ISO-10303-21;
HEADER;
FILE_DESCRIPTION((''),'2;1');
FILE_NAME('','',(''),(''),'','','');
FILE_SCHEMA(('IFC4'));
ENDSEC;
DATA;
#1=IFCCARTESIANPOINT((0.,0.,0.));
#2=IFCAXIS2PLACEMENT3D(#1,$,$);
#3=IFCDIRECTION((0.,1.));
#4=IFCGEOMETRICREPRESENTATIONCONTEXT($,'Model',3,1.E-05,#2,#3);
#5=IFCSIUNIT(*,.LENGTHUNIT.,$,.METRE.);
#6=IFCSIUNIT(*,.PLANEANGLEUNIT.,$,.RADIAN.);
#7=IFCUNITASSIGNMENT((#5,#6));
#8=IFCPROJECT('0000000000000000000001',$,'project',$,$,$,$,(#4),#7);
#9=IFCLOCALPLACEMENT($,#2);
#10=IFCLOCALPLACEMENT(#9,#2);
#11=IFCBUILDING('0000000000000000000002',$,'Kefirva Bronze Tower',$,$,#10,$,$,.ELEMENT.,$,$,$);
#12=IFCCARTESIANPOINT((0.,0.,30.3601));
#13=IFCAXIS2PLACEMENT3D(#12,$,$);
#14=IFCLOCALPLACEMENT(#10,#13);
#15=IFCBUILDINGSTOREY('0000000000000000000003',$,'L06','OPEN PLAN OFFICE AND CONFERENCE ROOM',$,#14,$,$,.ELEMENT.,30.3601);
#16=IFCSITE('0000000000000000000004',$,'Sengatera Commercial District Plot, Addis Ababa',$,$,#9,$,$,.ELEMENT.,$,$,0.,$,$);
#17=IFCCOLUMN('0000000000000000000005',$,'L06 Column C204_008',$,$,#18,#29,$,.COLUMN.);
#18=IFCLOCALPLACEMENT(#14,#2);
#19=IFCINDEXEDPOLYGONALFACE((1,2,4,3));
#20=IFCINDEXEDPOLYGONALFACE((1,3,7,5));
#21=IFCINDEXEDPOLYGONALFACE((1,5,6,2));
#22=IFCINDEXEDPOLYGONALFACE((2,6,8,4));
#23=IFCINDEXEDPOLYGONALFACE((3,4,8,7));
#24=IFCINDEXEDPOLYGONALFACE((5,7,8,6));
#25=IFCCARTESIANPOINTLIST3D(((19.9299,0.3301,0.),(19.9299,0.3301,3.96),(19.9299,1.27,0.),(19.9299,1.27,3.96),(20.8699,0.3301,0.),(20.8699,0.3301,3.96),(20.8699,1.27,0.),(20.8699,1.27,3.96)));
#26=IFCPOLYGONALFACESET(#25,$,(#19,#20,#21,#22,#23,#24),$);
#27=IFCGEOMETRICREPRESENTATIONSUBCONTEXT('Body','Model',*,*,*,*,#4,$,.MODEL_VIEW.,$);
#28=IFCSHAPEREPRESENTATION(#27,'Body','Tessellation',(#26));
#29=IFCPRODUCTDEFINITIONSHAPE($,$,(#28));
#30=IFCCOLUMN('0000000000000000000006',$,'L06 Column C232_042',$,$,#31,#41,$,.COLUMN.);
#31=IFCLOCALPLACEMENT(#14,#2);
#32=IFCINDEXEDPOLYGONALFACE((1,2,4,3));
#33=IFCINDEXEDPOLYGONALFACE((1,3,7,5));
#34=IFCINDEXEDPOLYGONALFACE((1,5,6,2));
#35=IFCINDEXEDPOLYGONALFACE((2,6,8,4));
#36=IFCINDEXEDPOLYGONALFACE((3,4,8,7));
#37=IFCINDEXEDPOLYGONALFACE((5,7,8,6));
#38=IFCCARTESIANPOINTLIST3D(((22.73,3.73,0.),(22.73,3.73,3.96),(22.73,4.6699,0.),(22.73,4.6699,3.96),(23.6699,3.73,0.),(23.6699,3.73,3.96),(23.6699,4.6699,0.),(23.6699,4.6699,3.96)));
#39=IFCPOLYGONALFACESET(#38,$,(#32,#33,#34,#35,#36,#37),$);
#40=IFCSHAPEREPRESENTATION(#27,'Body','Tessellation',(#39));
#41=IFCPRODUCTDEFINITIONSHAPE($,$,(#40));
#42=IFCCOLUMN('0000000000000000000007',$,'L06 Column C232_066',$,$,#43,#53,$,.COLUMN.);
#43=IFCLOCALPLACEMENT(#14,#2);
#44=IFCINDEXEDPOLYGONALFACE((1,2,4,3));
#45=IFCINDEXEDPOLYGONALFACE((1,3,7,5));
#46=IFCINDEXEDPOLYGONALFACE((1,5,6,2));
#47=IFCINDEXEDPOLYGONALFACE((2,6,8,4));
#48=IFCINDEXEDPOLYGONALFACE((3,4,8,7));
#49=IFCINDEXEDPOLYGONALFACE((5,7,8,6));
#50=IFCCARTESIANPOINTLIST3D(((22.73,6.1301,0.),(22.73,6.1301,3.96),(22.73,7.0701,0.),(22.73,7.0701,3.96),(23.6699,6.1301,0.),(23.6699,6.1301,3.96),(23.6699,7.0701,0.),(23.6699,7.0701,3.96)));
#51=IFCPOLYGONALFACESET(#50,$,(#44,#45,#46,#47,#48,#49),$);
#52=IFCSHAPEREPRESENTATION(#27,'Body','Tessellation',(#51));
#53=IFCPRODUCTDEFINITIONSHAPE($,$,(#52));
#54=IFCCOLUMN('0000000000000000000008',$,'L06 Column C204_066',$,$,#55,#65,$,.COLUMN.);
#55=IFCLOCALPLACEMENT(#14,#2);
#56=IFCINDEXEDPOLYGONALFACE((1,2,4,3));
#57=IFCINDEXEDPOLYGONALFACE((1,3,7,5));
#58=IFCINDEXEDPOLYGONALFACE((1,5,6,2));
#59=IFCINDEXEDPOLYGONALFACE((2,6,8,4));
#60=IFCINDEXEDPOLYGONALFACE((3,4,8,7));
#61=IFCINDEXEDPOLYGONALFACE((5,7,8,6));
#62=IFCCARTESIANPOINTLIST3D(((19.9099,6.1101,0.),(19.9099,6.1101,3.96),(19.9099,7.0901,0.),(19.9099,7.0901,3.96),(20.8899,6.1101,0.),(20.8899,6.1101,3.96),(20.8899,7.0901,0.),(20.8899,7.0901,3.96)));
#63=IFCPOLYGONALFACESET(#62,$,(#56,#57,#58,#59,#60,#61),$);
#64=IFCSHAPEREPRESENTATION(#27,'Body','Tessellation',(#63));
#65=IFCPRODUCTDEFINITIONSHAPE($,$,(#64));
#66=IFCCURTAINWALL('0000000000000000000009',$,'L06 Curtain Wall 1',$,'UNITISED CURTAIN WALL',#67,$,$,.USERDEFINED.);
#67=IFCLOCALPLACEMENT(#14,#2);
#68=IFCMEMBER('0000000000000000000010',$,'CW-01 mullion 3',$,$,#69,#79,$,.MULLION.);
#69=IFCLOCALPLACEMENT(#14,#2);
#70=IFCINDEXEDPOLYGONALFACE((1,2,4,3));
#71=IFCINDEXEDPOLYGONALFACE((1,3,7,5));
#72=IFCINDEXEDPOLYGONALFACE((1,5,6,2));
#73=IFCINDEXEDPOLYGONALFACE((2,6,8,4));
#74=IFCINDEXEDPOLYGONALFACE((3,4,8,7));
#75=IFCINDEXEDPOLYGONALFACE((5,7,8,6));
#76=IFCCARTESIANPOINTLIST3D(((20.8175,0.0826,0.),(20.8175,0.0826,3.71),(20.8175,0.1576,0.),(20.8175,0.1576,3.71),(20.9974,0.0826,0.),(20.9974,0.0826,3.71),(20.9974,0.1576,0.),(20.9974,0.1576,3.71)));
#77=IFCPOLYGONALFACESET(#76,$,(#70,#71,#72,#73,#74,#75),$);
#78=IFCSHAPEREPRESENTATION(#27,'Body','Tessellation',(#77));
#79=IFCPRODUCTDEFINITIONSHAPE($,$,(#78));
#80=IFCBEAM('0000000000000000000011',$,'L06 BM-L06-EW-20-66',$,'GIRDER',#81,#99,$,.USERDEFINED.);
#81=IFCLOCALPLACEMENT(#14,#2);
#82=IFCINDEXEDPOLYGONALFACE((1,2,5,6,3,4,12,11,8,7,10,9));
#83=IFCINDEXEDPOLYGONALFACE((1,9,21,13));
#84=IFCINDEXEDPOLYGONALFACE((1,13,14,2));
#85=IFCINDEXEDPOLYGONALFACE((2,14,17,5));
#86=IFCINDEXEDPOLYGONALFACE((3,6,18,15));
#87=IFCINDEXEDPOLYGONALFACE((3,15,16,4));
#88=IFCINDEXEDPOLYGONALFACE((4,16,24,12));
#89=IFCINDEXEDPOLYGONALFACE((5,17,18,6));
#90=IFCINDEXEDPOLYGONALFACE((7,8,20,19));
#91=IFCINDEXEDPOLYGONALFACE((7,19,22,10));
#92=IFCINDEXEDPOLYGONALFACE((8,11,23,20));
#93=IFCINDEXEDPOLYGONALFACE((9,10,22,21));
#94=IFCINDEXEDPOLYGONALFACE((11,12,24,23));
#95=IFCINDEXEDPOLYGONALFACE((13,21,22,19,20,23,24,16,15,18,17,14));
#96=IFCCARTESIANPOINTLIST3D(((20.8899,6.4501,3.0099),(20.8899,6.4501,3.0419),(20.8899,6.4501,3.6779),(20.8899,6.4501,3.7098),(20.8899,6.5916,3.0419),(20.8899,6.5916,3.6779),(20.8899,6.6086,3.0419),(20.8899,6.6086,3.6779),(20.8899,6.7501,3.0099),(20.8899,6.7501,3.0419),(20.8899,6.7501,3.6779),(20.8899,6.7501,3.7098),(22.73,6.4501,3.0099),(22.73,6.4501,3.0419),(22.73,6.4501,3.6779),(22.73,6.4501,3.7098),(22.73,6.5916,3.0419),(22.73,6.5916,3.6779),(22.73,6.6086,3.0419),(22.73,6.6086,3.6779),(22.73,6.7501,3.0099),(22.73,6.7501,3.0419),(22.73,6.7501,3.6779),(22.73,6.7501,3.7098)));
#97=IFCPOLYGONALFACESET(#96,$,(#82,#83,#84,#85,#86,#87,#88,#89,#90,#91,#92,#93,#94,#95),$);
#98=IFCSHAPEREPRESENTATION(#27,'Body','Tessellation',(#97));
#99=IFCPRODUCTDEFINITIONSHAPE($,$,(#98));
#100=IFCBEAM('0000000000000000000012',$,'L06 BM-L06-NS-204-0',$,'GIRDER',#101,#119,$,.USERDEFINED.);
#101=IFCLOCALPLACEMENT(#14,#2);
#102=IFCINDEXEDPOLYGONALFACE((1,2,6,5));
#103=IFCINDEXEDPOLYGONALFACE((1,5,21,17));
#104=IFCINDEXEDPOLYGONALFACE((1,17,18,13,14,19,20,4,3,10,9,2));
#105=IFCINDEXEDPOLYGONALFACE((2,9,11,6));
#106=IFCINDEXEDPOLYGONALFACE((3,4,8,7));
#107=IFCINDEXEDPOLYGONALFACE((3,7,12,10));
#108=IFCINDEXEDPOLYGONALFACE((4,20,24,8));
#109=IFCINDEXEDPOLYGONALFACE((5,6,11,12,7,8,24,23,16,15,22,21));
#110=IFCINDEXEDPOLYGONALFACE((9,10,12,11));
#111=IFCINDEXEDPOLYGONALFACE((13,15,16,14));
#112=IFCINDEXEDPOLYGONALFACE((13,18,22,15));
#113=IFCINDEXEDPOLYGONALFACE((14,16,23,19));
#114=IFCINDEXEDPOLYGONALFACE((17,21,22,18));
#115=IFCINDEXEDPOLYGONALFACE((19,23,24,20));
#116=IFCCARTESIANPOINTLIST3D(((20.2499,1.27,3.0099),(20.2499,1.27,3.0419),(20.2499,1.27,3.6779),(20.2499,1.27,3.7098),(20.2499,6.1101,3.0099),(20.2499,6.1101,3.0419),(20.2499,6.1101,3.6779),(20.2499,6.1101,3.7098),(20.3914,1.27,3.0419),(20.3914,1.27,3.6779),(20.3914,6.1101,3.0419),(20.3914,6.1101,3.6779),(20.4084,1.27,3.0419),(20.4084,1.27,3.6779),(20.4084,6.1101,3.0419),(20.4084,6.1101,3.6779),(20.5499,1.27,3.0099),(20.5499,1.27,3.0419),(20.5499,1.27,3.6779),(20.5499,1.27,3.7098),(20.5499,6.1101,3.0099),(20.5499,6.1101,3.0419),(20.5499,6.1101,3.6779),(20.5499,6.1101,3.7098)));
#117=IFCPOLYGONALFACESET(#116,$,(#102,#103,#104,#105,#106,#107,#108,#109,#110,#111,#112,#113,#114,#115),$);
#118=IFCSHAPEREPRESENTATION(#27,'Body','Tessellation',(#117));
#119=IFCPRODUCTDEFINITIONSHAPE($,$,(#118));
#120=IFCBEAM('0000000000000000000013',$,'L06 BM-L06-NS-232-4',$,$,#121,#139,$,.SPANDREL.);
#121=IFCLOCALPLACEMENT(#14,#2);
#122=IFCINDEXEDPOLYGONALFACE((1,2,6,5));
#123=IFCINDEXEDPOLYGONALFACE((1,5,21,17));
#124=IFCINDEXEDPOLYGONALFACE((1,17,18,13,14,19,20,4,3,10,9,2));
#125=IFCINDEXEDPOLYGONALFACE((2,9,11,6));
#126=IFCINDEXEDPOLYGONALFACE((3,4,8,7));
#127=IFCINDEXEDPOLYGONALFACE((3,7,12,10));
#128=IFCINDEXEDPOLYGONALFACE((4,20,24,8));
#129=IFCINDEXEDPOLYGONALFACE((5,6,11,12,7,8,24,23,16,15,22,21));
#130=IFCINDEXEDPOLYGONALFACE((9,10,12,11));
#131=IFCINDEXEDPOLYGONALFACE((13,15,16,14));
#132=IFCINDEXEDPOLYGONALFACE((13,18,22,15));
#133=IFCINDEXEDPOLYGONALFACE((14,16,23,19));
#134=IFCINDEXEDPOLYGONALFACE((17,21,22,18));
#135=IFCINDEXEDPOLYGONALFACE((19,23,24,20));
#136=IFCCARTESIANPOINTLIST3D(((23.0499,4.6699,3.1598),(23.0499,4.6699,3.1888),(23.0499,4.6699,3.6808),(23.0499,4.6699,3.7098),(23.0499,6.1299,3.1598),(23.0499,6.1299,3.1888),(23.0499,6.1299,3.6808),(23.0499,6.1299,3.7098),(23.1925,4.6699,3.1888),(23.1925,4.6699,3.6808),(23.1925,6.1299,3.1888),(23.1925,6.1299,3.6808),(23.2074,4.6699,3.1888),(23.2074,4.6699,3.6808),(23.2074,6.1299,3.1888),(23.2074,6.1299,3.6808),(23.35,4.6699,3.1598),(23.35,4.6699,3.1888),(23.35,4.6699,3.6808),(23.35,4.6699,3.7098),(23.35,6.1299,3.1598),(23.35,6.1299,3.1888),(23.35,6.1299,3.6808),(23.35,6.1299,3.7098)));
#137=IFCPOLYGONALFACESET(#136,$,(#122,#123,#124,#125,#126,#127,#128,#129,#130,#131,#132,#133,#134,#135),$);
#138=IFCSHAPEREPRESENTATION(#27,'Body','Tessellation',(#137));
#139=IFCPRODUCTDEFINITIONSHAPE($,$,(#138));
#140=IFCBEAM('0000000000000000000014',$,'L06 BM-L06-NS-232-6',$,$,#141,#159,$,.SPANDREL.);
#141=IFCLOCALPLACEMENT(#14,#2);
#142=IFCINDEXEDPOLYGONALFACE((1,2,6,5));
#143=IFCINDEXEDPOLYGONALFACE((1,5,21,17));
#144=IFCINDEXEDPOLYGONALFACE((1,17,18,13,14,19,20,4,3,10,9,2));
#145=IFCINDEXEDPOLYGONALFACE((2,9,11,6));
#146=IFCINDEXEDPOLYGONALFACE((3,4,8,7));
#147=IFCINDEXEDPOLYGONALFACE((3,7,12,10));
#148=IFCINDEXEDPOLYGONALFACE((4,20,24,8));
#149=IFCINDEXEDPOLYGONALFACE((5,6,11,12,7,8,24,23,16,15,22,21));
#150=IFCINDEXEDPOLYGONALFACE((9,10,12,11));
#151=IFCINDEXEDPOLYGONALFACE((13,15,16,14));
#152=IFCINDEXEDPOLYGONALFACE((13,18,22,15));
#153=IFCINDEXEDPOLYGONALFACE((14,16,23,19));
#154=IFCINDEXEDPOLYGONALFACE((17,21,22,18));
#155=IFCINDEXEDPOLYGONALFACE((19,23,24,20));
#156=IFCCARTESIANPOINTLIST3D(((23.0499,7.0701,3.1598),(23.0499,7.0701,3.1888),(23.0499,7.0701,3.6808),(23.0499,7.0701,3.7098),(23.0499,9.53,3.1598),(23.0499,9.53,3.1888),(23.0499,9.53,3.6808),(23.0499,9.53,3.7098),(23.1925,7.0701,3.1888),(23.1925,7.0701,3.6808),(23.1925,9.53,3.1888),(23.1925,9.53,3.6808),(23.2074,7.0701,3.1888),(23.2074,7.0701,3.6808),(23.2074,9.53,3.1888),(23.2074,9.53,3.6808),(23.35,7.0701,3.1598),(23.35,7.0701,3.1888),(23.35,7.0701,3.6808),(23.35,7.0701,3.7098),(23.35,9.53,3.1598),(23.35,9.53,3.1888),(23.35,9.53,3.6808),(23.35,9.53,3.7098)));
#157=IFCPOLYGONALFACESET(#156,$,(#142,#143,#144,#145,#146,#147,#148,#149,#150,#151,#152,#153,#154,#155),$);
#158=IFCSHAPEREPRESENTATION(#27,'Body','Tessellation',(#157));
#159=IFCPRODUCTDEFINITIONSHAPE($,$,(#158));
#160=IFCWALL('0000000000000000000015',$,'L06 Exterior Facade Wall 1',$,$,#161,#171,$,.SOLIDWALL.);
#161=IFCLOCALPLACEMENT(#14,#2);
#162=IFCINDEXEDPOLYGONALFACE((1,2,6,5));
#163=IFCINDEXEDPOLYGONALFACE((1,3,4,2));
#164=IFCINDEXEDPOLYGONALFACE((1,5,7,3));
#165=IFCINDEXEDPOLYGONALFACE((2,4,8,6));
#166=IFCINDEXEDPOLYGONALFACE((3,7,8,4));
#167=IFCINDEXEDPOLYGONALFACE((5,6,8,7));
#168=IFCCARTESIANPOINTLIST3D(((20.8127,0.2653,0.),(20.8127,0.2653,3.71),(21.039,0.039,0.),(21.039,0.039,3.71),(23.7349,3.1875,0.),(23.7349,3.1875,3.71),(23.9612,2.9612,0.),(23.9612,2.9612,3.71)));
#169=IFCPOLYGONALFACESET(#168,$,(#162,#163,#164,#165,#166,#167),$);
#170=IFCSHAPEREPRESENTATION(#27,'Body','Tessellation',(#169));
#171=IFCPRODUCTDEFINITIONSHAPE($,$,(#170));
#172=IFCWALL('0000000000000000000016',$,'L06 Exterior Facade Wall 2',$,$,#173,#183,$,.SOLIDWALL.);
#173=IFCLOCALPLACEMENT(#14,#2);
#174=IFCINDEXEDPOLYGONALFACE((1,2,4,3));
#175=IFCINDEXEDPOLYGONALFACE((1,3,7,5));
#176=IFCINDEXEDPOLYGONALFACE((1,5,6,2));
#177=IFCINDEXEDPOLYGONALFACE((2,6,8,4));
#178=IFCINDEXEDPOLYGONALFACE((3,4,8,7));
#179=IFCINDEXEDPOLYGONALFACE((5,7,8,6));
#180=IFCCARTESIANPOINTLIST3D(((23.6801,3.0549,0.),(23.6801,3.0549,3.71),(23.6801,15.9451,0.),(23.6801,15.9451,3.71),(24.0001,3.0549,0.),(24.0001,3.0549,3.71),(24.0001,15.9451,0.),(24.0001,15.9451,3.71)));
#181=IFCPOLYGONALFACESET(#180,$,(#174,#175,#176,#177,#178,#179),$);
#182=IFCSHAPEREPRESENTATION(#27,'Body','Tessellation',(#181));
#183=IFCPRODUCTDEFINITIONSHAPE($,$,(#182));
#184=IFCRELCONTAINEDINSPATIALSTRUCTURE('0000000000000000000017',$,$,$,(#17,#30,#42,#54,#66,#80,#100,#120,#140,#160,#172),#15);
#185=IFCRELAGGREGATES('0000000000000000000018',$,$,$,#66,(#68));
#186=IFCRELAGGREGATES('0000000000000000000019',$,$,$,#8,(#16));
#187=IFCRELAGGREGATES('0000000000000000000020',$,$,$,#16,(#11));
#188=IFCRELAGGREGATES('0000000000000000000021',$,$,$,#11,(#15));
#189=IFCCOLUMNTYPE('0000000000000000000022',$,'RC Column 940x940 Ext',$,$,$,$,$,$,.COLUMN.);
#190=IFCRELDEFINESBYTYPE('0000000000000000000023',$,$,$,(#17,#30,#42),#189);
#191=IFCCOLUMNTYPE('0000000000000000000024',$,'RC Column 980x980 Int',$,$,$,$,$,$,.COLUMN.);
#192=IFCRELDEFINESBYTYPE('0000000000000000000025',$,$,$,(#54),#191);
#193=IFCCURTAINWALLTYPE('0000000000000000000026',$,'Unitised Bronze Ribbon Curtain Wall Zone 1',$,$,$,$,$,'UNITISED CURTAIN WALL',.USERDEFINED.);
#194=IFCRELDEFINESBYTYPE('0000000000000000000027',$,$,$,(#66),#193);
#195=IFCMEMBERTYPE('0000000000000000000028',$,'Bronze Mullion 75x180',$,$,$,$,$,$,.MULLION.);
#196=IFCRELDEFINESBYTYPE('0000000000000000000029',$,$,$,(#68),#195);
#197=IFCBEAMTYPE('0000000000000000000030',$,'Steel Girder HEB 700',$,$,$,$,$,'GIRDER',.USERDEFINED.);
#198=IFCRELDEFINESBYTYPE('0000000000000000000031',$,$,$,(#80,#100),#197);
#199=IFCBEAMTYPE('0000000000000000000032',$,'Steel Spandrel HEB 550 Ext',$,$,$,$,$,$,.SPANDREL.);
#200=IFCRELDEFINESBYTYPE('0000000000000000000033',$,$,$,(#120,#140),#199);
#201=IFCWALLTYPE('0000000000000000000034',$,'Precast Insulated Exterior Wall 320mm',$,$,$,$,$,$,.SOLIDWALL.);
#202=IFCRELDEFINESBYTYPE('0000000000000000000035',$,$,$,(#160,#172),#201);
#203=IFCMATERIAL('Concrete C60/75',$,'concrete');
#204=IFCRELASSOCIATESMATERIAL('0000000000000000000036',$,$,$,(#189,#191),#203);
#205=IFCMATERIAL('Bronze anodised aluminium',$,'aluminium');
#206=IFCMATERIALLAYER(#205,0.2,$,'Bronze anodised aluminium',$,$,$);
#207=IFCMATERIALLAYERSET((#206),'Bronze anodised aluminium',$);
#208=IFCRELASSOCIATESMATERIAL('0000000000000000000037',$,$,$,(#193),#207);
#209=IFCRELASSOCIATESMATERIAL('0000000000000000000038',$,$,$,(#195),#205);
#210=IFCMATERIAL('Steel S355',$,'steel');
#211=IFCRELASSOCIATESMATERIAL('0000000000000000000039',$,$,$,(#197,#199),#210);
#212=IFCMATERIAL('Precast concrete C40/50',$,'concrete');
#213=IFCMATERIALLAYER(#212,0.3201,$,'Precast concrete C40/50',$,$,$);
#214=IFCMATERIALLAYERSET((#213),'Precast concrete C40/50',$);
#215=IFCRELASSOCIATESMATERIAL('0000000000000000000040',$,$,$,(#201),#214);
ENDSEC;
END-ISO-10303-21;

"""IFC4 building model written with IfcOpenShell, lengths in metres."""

from ifc_helpers import new_model, si_unit, direction, frame, frame_2d, origin, origin_2d, place, context, subcontext, project, spatial, rectangle, i_section, extrude, material, layer, layer_set, material_profile, profile_set, type_object, element, aggregate, save


model = new_model("IFC4")

# Units and contexts
model_context = context("Model", 3, precision=1e-05, world=origin(), true_north=direction((0.0, 1.0)))
body_context = subcontext(model_context, "Body", "Model", "MODEL_VIEW")
ifc_project = project(units=[si_unit("LENGTHUNIT", "METRE"), si_unit("PLANEANGLEUNIT", "RADIAN")], contexts=[model_context])

# Site, building, storey
site_placement = place(None, origin())
site = spatial("IfcSite", under=ifc_project, at=site_placement, Name="Sengatera Commercial District Plot, Addis Ababa", CompositionType="ELEMENT", RefElevation=0.0)
building_placement = place(site_placement, origin())
building = spatial("IfcBuilding", under=site, at=building_placement, Name="Kefirva Bronze Tower", CompositionType="ELEMENT")
storey_placement = place(building_placement, frame((0.0, 0.0, 30.3601)))
storey = spatial("IfcBuildingStorey", under=building, at=storey_placement, Name="L06", Description="OPEN PLAN OFFICE AND CONFERENCE ROOM", CompositionType="ELEMENT", Elevation=30.3601)

# Columns
ifc_material_1 = material(Name="Concrete C60/75", Category="concrete")
ifc_material_profile_1 = material_profile(ifc_material_1, rectangle(XDim=0.9399, YDim=0.9399, at=origin_2d()), Name="RC 940x940")
ifc_profile_set_1 = profile_set([ifc_material_profile_1], Name="Concrete C60/75")
column_type_1 = type_object("IfcColumnType", Name="RC Column 940x940 Ext", PredefinedType="COLUMN", material=ifc_profile_set_1)
for number, where, z_axis, x_axis, name in (
    (1, (20.3999, 0.8, 0.0), (0.0, 0.0, 1.0), (1.0, 0.0, 0.0), "L06 Column C204_008"),
    (2, (23.2, 4.2, 0.0), (0.0, 0.0, 1.0), (1.0, 0.0, 0.0), "L06 Column C232_042"),
    (3, (23.2, 6.6001, 0.0), (0.0, 0.0, 1.0), (1.0, 0.0, 0.0), "L06 Column C232_066"),
):
    element("IfcColumn", number, at=place(storey_placement, frame(where, z_axis=z_axis, x_axis=x_axis)), inside=storey, type_object=column_type_1, Name=name, PredefinedType="COLUMN", context=body_context, shape_type="SweptSolid", body=[
        extrude(rectangle(XDim=0.9399, YDim=0.9399, at=origin_2d()), origin(), (0.0, 0.0, 1.0), 3.96),
    ])
ifc_material_profile_2 = material_profile(ifc_material_1, rectangle(XDim=0.98, YDim=0.98, at=origin_2d()), Name="RC 980x980")
ifc_profile_set_2 = profile_set([ifc_material_profile_2], Name="Concrete C60/75")
column_type_2 = type_object("IfcColumnType", Name="RC Column 980x980 Int", PredefinedType="COLUMN", material=ifc_profile_set_2)
column_placement = place(storey_placement, frame((20.3999, 6.6001, 0.0), z_axis=(0.0, 0.0, 1.0), x_axis=(1.0, 0.0, 0.0)))
element("IfcColumn", 4, at=column_placement, inside=storey, type_object=column_type_2, Name="L06 Column C204_066", PredefinedType="COLUMN", context=body_context, shape_type="SweptSolid", body=[
    extrude(rectangle(XDim=0.98, YDim=0.98, at=origin_2d()), origin(), (0.0, 0.0, 1.0), 3.96),
])

# Curtain wall, member
ifc_material_2 = material(Name="Bronze anodised aluminium", Category="aluminium")
ifc_layer_1 = layer(ifc_material_2, 0.2, Name="Bronze anodised aluminium")
ifc_layer_set_1 = layer_set([ifc_layer_1], Name="Bronze anodised aluminium")
curtain_wall_type = type_object("IfcCurtainWallType", Name="Unitised Bronze Ribbon Curtain Wall Zone 1", ElementType="UNITISED CURTAIN WALL", PredefinedType="USERDEFINED", material=ifc_layer_set_1)
curtain_wall_placement = place(storey_placement, origin())
curtain_wall = element("IfcCurtainWall", 5, at=curtain_wall_placement, inside=storey, type_object=curtain_wall_type, Name="L06 Curtain Wall 1", ObjectType="UNITISED CURTAIN WALL", PredefinedType="USERDEFINED")
ifc_material_profile_3 = material_profile(ifc_material_2, rectangle(XDim=0.075, YDim=0.1799, at=origin_2d()), Name="ALU 75x180")
ifc_profile_set_3 = profile_set([ifc_material_profile_3], Name="Bronze anodised aluminium")
member_type = type_object("IfcMemberType", Name="Bronze Mullion 75x180", PredefinedType="MULLION", material=ifc_profile_set_3)
member_placement = place(storey_placement, frame((20.9075, 0.1201, 0.0), z_axis=(0.0, 0.0, 1.0), x_axis=(0.0, 1.0, 0.0)))
member = element("IfcMember", 6, at=member_placement, type_object=member_type, Name="CW-01 mullion 3", PredefinedType="MULLION", context=body_context, shape_type="SweptSolid", body=[
    extrude(rectangle(XDim=0.075, YDim=0.1799, at=origin_2d()), origin(), (0.0, 0.0, 1.0), 3.71),
])
aggregate(curtain_wall, [member])

# Beams
ifc_material_3 = material(Name="Steel S355", Category="steel")
ifc_material_profile_4 = material_profile(ifc_material_3, i_section(OverallWidth=0.3, OverallDepth=0.7, WebThickness=0.0171, FlangeThickness=0.032, at=origin_2d()), Name="HEB 700")
ifc_profile_set_4 = profile_set([ifc_material_profile_4], Name="Steel S355")
beam_type_1 = type_object("IfcBeamType", Name="Steel Girder HEB 700", ElementType="GIRDER", PredefinedType="USERDEFINED", material=ifc_profile_set_4)
beam_1_placement = place(storey_placement, frame((20.8899, 6.6001, 3.3599), z_axis=(1.0, 0.0, 0.0), x_axis=(0.0, 1.0, 0.0)))
element("IfcBeam", 7, at=beam_1_placement, inside=storey, type_object=beam_type_1, Name="L06 BM-L06-EW-20-66", ObjectType="GIRDER", PredefinedType="USERDEFINED", context=body_context, shape_type="SweptSolid", body=[
    extrude(i_section(OverallWidth=0.3, OverallDepth=0.7, WebThickness=0.0171, FlangeThickness=0.032, at=origin_2d()), origin(), (0.0, 0.0, 1.0), 1.8401),
])
beam_2_placement = place(storey_placement, frame((20.3999, 1.27, 3.3599), z_axis=(0.0, 1.0, 0.0), x_axis=(-1.0, 0.0, 0.0)))
element("IfcBeam", 8, at=beam_2_placement, inside=storey, type_object=beam_type_1, Name="L06 BM-L06-NS-204-0", ObjectType="GIRDER", PredefinedType="USERDEFINED", context=body_context, shape_type="SweptSolid", body=[
    extrude(i_section(OverallWidth=0.3, OverallDepth=0.7, WebThickness=0.0171, FlangeThickness=0.032, at=origin_2d()), origin(), (0.0, 0.0, 1.0), 4.8401),
])
ifc_material_profile_5 = material_profile(ifc_material_3, i_section(OverallWidth=0.3, OverallDepth=0.55, WebThickness=0.0149, FlangeThickness=0.0291, at=origin_2d()), Name="HEB 550")
ifc_profile_set_5 = profile_set([ifc_material_profile_5], Name="Steel S355")
beam_type_2 = type_object("IfcBeamType", Name="Steel Spandrel HEB 550 Ext", PredefinedType="SPANDREL", material=ifc_profile_set_5)
beam_3_placement = place(storey_placement, frame((23.2, 4.6699, 3.4348), z_axis=(0.0, 1.0, 0.0), x_axis=(-1.0, 0.0, 0.0)))
element("IfcBeam", 9, at=beam_3_placement, inside=storey, type_object=beam_type_2, Name="L06 BM-L06-NS-232-4", PredefinedType="SPANDREL", context=body_context, shape_type="SweptSolid", body=[
    extrude(i_section(OverallWidth=0.3, OverallDepth=0.55, WebThickness=0.0149, FlangeThickness=0.0291, at=origin_2d()), origin(), (0.0, 0.0, 1.0), 1.46),
])
beam_4_placement = place(storey_placement, frame((23.2, 7.0701, 3.4348), z_axis=(0.0, 1.0, 0.0), x_axis=(-1.0, 0.0, 0.0)))
element("IfcBeam", 10, at=beam_4_placement, inside=storey, type_object=beam_type_2, Name="L06 BM-L06-NS-232-6", PredefinedType="SPANDREL", context=body_context, shape_type="SweptSolid", body=[
    extrude(i_section(OverallWidth=0.3, OverallDepth=0.55, WebThickness=0.0149, FlangeThickness=0.0291, at=origin_2d()), origin(), (0.0, 0.0, 1.0), 2.46),
])

# Walls
ifc_material_4 = material(Name="Precast concrete C40/50", Category="concrete")
ifc_layer_2 = layer(ifc_material_4, 0.3201, Name="Precast concrete C40/50")
ifc_layer_set_2 = layer_set([ifc_layer_2], Name="Precast concrete C40/50")
wall_type_1 = type_object("IfcWallType", Name="Precast Insulated Exterior Wall 320mm", PredefinedType="SOLIDWALL", material=ifc_layer_set_2)
wall_1_placement = place(storey_placement, frame((20.9258, 0.1521, 0.0), z_axis=(0.0, 0.0, 1.0), x_axis=(0.707107, 0.707107, 0.0)))
element("IfcWall", 11, at=wall_1_placement, inside=storey, type_object=wall_type_1, Name="L06 Exterior Facade Wall 1", PredefinedType="SOLIDWALL", context=body_context, shape_type="SweptSolid", body=[
    extrude(rectangle(XDim=4.1326, YDim=0.3201, at=frame_2d((2.0664, 0.0))), origin(), (0.0, 0.0, 1.0), 3.71),
])
wall_2_placement = place(storey_placement, frame((23.8401, 3.0549, 0.0), z_axis=(0.0, 0.0, 1.0), x_axis=(0.0, 1.0, 0.0)))
element("IfcWall", 12, at=wall_2_placement, inside=storey, type_object=wall_type_1, Name="L06 Exterior Facade Wall 2", PredefinedType="SOLIDWALL", context=body_context, shape_type="SweptSolid", body=[
    extrude(rectangle(XDim=12.8901, YDim=0.3201, at=frame_2d((6.4451, 0.0))), origin(), (0.0, 0.0, 1.0), 3.71),
])

save(model, "model.ifc")
